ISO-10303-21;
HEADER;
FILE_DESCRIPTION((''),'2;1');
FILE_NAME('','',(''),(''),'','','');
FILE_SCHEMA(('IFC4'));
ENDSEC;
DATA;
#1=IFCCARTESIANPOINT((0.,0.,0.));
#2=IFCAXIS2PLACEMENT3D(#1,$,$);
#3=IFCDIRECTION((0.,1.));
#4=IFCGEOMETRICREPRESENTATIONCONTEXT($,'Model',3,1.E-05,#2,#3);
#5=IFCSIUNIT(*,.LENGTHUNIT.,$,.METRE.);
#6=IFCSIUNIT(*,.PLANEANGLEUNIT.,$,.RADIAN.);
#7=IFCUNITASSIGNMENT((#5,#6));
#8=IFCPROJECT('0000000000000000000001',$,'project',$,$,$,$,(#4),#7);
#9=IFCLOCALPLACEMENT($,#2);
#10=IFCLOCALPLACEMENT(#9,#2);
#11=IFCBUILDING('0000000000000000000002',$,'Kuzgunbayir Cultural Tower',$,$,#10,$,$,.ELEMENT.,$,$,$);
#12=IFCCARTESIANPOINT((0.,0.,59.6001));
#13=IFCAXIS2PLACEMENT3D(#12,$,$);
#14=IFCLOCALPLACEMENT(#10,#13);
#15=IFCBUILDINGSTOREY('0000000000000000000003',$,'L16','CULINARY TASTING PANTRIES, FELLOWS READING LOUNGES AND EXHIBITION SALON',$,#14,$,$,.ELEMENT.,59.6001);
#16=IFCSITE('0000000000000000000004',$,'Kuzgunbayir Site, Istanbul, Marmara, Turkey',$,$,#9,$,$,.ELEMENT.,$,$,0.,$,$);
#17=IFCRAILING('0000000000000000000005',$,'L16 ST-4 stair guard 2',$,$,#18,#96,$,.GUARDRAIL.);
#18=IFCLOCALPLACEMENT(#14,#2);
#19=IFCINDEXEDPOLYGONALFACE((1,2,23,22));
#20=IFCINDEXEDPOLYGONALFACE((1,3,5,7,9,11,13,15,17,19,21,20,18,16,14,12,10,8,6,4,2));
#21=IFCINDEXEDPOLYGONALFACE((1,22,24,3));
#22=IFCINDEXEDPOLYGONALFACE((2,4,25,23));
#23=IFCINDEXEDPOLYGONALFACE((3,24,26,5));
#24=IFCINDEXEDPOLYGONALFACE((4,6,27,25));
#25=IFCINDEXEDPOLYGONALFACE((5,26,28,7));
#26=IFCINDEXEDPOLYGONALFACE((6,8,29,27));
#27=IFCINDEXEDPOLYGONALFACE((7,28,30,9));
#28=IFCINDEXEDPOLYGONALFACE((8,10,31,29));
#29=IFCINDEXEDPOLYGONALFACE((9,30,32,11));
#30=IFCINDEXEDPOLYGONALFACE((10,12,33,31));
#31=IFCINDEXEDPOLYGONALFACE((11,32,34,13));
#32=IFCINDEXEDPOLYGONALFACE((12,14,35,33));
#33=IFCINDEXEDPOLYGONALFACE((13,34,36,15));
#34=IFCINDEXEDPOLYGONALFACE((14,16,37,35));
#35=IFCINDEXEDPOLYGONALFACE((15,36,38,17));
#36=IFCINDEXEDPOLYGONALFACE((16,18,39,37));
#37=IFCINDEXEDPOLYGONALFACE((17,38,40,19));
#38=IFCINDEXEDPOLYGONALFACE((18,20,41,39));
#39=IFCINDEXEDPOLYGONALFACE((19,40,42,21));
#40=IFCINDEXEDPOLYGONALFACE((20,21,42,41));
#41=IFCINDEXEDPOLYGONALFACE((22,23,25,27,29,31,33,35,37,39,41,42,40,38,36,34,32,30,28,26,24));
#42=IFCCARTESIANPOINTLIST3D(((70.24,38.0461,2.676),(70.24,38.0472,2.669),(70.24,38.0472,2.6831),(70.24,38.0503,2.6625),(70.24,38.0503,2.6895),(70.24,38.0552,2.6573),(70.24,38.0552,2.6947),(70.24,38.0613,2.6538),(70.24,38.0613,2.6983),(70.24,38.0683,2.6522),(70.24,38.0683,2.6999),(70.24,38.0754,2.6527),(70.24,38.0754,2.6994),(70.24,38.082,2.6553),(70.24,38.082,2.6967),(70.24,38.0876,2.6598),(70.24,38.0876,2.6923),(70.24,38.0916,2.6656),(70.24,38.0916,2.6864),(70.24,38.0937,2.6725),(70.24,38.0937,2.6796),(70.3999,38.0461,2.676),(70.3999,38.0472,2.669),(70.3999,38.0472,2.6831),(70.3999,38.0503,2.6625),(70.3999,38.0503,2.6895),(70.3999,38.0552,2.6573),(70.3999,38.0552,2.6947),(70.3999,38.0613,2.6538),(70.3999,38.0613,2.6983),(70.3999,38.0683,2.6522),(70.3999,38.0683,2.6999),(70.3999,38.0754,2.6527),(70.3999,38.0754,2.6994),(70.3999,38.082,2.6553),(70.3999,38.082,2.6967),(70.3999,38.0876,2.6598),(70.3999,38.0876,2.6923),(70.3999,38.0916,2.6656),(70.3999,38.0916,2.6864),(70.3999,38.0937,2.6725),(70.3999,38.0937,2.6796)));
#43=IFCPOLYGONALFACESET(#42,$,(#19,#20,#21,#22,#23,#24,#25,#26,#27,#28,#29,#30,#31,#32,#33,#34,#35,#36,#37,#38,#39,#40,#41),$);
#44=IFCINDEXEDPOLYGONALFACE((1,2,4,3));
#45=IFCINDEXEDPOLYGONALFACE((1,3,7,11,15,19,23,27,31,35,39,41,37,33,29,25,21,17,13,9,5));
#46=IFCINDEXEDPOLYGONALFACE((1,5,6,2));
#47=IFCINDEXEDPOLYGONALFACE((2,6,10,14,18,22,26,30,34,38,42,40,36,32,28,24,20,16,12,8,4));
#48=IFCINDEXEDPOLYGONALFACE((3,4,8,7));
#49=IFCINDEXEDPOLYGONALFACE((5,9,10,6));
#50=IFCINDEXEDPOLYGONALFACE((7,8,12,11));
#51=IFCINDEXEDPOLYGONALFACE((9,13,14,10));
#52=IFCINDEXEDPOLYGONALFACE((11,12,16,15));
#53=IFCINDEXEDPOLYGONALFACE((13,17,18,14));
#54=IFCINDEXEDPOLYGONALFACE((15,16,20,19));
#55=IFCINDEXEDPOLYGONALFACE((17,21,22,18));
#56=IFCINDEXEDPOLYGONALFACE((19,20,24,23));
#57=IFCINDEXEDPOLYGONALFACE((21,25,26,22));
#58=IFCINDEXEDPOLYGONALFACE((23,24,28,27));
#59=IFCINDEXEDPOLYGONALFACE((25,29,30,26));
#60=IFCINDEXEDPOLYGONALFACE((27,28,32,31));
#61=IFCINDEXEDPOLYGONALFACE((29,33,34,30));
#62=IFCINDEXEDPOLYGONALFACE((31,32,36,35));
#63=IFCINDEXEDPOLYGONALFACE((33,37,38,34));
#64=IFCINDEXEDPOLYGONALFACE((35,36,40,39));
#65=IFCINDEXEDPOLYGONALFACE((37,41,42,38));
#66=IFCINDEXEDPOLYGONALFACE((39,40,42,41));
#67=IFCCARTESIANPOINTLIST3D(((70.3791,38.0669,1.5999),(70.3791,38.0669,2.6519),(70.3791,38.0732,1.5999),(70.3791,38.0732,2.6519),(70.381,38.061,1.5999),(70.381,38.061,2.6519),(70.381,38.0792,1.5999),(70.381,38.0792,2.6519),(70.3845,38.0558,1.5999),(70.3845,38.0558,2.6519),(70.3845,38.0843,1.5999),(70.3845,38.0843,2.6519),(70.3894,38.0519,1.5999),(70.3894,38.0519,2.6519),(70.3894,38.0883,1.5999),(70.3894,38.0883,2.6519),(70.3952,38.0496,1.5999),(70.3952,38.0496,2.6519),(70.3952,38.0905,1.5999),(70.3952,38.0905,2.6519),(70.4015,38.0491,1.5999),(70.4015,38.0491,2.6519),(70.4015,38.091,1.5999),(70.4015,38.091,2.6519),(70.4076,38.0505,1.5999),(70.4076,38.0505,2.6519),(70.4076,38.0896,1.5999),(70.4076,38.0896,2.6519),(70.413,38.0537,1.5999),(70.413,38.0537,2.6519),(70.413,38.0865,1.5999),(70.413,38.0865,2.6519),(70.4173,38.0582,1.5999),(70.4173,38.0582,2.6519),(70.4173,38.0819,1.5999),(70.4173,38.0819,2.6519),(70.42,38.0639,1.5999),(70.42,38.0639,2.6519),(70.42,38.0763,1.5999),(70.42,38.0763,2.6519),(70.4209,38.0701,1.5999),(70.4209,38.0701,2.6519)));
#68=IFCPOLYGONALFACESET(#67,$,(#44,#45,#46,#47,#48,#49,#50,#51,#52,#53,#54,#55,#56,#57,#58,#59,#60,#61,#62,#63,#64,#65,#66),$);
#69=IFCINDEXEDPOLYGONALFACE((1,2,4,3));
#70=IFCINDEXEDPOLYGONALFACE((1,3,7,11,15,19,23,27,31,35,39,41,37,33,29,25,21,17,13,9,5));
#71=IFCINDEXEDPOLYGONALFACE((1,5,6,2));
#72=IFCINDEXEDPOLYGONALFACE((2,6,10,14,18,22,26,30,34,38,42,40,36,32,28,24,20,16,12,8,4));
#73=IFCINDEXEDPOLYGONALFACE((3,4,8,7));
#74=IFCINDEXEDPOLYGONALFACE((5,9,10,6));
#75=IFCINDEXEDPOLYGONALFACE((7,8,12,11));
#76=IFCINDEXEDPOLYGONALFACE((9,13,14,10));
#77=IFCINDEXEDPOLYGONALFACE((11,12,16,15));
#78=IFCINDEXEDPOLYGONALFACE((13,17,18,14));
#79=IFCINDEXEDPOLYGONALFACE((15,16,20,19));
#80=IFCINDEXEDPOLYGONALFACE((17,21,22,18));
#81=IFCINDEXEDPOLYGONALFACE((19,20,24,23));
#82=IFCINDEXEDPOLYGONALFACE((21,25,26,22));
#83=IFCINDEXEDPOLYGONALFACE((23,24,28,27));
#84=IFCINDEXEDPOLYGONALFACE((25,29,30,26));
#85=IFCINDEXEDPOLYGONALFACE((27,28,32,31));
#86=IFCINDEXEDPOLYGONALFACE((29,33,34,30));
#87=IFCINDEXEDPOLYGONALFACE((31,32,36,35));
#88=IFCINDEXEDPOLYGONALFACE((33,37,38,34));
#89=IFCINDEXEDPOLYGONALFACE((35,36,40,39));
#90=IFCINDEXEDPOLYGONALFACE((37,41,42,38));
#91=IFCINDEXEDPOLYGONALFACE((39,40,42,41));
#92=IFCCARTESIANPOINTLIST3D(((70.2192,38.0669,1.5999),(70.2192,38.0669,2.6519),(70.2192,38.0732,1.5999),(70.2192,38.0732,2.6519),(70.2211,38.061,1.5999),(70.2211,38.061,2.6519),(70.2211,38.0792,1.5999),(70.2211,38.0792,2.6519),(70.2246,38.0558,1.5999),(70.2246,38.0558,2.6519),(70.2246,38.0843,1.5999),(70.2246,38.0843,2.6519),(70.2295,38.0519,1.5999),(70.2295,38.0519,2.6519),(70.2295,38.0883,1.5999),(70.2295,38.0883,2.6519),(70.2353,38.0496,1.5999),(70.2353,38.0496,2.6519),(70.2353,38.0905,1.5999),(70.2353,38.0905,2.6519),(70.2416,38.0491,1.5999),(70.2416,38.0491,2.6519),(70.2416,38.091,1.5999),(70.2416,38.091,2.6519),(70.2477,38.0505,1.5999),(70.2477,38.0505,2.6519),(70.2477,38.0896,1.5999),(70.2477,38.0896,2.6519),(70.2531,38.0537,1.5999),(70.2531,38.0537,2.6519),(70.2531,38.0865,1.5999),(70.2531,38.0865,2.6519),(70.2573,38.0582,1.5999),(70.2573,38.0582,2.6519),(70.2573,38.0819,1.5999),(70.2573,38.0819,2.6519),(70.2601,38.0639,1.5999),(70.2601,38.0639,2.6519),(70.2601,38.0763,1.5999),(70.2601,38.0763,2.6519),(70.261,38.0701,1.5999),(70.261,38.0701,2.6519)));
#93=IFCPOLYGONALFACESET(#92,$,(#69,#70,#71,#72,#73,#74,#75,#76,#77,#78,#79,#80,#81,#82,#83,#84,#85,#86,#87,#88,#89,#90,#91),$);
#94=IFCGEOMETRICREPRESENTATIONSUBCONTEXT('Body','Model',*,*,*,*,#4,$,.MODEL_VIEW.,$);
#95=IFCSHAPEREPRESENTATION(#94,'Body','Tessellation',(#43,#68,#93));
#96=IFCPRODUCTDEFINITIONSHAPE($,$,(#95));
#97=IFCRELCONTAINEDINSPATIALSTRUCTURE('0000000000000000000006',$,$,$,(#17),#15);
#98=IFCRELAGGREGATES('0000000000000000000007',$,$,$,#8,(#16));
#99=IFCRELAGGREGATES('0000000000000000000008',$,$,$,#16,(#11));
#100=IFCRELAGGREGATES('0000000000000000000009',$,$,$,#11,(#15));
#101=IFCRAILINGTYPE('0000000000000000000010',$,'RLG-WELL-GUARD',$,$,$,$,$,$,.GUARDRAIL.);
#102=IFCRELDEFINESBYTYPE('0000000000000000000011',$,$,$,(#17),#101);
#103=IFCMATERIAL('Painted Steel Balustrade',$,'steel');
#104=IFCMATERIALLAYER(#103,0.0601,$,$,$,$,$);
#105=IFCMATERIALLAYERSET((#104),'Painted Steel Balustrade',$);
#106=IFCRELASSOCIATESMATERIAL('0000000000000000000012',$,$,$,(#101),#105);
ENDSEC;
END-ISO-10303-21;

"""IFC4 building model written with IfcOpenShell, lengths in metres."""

from ifc_helpers import new_model, si_unit, direction, frame, origin, origin_2d, place, context, subcontext, project, spatial, circle, extrude, material, layer, layer_set, type_object, element, save


model = new_model("IFC4")

# Units and contexts
model_context = context("Model", 3, precision=1e-05, world=origin(), true_north=direction((0.0, 1.0)))
body_context = subcontext(model_context, "Body", "Model", "MODEL_VIEW")
ifc_project = project(units=[si_unit("LENGTHUNIT", "METRE"), si_unit("PLANEANGLEUNIT", "RADIAN")], contexts=[model_context])

# Site, building, storey
site_placement = place(None, origin())
site = spatial("IfcSite", under=ifc_project, at=site_placement, Name="Kuzgunbayir Site, Istanbul, Marmara, Turkey", CompositionType="ELEMENT", RefElevation=0.0)
building_placement = place(site_placement, origin())
building = spatial("IfcBuilding", under=site, at=building_placement, Name="Kuzgunbayir Cultural Tower", CompositionType="ELEMENT")
storey_placement = place(building_placement, frame((0.0, 0.0, 59.6001)))
storey = spatial("IfcBuildingStorey", under=building, at=storey_placement, Name="L16", Description="CULINARY TASTING PANTRIES, FELLOWS READING LOUNGES AND EXHIBITION SALON", CompositionType="ELEMENT", Elevation=59.6001)

# Railing
ifc_material_1 = material(Name="Painted Steel Balustrade", Category="steel")
ifc_layer_1 = layer(ifc_material_1, 0.0601)
ifc_layer_set_1 = layer_set([ifc_layer_1], Name="Painted Steel Balustrade")
railing_type_1 = type_object("IfcRailingType", Name="RLG-WELL-GUARD", PredefinedType="GUARDRAIL", material=ifc_layer_set_1)
railing_1_placement = place(storey_placement, frame((70.3999, 38.0701, 1.5999)))
element("IfcRailing", 1, at=railing_1_placement, inside=storey, type_object=railing_type_1, Name="L16 ST-4 stair guard 2", PredefinedType="GUARDRAIL", context=body_context, shape_type="SweptSolid", body=[
    extrude(circle(Radius=0.0239, at=origin_2d()), frame((0.0, 0.0, 1.0762), z_axis=(-1.0, 0.0, 0.0), x_axis=(0.0, -1.0, 0.0)), (0.0, 0.0, 1.0), 0.1599),
    extrude(circle(Radius=0.021, at=origin_2d()), origin(), (0.0, 0.0, 1.0), 1.052),
    extrude(circle(Radius=0.021, at=origin_2d()), frame((-0.1599, 0.0, 0.0)), (0.0, 0.0, 1.0), 1.052),
])

save(model, "model.ifc")
